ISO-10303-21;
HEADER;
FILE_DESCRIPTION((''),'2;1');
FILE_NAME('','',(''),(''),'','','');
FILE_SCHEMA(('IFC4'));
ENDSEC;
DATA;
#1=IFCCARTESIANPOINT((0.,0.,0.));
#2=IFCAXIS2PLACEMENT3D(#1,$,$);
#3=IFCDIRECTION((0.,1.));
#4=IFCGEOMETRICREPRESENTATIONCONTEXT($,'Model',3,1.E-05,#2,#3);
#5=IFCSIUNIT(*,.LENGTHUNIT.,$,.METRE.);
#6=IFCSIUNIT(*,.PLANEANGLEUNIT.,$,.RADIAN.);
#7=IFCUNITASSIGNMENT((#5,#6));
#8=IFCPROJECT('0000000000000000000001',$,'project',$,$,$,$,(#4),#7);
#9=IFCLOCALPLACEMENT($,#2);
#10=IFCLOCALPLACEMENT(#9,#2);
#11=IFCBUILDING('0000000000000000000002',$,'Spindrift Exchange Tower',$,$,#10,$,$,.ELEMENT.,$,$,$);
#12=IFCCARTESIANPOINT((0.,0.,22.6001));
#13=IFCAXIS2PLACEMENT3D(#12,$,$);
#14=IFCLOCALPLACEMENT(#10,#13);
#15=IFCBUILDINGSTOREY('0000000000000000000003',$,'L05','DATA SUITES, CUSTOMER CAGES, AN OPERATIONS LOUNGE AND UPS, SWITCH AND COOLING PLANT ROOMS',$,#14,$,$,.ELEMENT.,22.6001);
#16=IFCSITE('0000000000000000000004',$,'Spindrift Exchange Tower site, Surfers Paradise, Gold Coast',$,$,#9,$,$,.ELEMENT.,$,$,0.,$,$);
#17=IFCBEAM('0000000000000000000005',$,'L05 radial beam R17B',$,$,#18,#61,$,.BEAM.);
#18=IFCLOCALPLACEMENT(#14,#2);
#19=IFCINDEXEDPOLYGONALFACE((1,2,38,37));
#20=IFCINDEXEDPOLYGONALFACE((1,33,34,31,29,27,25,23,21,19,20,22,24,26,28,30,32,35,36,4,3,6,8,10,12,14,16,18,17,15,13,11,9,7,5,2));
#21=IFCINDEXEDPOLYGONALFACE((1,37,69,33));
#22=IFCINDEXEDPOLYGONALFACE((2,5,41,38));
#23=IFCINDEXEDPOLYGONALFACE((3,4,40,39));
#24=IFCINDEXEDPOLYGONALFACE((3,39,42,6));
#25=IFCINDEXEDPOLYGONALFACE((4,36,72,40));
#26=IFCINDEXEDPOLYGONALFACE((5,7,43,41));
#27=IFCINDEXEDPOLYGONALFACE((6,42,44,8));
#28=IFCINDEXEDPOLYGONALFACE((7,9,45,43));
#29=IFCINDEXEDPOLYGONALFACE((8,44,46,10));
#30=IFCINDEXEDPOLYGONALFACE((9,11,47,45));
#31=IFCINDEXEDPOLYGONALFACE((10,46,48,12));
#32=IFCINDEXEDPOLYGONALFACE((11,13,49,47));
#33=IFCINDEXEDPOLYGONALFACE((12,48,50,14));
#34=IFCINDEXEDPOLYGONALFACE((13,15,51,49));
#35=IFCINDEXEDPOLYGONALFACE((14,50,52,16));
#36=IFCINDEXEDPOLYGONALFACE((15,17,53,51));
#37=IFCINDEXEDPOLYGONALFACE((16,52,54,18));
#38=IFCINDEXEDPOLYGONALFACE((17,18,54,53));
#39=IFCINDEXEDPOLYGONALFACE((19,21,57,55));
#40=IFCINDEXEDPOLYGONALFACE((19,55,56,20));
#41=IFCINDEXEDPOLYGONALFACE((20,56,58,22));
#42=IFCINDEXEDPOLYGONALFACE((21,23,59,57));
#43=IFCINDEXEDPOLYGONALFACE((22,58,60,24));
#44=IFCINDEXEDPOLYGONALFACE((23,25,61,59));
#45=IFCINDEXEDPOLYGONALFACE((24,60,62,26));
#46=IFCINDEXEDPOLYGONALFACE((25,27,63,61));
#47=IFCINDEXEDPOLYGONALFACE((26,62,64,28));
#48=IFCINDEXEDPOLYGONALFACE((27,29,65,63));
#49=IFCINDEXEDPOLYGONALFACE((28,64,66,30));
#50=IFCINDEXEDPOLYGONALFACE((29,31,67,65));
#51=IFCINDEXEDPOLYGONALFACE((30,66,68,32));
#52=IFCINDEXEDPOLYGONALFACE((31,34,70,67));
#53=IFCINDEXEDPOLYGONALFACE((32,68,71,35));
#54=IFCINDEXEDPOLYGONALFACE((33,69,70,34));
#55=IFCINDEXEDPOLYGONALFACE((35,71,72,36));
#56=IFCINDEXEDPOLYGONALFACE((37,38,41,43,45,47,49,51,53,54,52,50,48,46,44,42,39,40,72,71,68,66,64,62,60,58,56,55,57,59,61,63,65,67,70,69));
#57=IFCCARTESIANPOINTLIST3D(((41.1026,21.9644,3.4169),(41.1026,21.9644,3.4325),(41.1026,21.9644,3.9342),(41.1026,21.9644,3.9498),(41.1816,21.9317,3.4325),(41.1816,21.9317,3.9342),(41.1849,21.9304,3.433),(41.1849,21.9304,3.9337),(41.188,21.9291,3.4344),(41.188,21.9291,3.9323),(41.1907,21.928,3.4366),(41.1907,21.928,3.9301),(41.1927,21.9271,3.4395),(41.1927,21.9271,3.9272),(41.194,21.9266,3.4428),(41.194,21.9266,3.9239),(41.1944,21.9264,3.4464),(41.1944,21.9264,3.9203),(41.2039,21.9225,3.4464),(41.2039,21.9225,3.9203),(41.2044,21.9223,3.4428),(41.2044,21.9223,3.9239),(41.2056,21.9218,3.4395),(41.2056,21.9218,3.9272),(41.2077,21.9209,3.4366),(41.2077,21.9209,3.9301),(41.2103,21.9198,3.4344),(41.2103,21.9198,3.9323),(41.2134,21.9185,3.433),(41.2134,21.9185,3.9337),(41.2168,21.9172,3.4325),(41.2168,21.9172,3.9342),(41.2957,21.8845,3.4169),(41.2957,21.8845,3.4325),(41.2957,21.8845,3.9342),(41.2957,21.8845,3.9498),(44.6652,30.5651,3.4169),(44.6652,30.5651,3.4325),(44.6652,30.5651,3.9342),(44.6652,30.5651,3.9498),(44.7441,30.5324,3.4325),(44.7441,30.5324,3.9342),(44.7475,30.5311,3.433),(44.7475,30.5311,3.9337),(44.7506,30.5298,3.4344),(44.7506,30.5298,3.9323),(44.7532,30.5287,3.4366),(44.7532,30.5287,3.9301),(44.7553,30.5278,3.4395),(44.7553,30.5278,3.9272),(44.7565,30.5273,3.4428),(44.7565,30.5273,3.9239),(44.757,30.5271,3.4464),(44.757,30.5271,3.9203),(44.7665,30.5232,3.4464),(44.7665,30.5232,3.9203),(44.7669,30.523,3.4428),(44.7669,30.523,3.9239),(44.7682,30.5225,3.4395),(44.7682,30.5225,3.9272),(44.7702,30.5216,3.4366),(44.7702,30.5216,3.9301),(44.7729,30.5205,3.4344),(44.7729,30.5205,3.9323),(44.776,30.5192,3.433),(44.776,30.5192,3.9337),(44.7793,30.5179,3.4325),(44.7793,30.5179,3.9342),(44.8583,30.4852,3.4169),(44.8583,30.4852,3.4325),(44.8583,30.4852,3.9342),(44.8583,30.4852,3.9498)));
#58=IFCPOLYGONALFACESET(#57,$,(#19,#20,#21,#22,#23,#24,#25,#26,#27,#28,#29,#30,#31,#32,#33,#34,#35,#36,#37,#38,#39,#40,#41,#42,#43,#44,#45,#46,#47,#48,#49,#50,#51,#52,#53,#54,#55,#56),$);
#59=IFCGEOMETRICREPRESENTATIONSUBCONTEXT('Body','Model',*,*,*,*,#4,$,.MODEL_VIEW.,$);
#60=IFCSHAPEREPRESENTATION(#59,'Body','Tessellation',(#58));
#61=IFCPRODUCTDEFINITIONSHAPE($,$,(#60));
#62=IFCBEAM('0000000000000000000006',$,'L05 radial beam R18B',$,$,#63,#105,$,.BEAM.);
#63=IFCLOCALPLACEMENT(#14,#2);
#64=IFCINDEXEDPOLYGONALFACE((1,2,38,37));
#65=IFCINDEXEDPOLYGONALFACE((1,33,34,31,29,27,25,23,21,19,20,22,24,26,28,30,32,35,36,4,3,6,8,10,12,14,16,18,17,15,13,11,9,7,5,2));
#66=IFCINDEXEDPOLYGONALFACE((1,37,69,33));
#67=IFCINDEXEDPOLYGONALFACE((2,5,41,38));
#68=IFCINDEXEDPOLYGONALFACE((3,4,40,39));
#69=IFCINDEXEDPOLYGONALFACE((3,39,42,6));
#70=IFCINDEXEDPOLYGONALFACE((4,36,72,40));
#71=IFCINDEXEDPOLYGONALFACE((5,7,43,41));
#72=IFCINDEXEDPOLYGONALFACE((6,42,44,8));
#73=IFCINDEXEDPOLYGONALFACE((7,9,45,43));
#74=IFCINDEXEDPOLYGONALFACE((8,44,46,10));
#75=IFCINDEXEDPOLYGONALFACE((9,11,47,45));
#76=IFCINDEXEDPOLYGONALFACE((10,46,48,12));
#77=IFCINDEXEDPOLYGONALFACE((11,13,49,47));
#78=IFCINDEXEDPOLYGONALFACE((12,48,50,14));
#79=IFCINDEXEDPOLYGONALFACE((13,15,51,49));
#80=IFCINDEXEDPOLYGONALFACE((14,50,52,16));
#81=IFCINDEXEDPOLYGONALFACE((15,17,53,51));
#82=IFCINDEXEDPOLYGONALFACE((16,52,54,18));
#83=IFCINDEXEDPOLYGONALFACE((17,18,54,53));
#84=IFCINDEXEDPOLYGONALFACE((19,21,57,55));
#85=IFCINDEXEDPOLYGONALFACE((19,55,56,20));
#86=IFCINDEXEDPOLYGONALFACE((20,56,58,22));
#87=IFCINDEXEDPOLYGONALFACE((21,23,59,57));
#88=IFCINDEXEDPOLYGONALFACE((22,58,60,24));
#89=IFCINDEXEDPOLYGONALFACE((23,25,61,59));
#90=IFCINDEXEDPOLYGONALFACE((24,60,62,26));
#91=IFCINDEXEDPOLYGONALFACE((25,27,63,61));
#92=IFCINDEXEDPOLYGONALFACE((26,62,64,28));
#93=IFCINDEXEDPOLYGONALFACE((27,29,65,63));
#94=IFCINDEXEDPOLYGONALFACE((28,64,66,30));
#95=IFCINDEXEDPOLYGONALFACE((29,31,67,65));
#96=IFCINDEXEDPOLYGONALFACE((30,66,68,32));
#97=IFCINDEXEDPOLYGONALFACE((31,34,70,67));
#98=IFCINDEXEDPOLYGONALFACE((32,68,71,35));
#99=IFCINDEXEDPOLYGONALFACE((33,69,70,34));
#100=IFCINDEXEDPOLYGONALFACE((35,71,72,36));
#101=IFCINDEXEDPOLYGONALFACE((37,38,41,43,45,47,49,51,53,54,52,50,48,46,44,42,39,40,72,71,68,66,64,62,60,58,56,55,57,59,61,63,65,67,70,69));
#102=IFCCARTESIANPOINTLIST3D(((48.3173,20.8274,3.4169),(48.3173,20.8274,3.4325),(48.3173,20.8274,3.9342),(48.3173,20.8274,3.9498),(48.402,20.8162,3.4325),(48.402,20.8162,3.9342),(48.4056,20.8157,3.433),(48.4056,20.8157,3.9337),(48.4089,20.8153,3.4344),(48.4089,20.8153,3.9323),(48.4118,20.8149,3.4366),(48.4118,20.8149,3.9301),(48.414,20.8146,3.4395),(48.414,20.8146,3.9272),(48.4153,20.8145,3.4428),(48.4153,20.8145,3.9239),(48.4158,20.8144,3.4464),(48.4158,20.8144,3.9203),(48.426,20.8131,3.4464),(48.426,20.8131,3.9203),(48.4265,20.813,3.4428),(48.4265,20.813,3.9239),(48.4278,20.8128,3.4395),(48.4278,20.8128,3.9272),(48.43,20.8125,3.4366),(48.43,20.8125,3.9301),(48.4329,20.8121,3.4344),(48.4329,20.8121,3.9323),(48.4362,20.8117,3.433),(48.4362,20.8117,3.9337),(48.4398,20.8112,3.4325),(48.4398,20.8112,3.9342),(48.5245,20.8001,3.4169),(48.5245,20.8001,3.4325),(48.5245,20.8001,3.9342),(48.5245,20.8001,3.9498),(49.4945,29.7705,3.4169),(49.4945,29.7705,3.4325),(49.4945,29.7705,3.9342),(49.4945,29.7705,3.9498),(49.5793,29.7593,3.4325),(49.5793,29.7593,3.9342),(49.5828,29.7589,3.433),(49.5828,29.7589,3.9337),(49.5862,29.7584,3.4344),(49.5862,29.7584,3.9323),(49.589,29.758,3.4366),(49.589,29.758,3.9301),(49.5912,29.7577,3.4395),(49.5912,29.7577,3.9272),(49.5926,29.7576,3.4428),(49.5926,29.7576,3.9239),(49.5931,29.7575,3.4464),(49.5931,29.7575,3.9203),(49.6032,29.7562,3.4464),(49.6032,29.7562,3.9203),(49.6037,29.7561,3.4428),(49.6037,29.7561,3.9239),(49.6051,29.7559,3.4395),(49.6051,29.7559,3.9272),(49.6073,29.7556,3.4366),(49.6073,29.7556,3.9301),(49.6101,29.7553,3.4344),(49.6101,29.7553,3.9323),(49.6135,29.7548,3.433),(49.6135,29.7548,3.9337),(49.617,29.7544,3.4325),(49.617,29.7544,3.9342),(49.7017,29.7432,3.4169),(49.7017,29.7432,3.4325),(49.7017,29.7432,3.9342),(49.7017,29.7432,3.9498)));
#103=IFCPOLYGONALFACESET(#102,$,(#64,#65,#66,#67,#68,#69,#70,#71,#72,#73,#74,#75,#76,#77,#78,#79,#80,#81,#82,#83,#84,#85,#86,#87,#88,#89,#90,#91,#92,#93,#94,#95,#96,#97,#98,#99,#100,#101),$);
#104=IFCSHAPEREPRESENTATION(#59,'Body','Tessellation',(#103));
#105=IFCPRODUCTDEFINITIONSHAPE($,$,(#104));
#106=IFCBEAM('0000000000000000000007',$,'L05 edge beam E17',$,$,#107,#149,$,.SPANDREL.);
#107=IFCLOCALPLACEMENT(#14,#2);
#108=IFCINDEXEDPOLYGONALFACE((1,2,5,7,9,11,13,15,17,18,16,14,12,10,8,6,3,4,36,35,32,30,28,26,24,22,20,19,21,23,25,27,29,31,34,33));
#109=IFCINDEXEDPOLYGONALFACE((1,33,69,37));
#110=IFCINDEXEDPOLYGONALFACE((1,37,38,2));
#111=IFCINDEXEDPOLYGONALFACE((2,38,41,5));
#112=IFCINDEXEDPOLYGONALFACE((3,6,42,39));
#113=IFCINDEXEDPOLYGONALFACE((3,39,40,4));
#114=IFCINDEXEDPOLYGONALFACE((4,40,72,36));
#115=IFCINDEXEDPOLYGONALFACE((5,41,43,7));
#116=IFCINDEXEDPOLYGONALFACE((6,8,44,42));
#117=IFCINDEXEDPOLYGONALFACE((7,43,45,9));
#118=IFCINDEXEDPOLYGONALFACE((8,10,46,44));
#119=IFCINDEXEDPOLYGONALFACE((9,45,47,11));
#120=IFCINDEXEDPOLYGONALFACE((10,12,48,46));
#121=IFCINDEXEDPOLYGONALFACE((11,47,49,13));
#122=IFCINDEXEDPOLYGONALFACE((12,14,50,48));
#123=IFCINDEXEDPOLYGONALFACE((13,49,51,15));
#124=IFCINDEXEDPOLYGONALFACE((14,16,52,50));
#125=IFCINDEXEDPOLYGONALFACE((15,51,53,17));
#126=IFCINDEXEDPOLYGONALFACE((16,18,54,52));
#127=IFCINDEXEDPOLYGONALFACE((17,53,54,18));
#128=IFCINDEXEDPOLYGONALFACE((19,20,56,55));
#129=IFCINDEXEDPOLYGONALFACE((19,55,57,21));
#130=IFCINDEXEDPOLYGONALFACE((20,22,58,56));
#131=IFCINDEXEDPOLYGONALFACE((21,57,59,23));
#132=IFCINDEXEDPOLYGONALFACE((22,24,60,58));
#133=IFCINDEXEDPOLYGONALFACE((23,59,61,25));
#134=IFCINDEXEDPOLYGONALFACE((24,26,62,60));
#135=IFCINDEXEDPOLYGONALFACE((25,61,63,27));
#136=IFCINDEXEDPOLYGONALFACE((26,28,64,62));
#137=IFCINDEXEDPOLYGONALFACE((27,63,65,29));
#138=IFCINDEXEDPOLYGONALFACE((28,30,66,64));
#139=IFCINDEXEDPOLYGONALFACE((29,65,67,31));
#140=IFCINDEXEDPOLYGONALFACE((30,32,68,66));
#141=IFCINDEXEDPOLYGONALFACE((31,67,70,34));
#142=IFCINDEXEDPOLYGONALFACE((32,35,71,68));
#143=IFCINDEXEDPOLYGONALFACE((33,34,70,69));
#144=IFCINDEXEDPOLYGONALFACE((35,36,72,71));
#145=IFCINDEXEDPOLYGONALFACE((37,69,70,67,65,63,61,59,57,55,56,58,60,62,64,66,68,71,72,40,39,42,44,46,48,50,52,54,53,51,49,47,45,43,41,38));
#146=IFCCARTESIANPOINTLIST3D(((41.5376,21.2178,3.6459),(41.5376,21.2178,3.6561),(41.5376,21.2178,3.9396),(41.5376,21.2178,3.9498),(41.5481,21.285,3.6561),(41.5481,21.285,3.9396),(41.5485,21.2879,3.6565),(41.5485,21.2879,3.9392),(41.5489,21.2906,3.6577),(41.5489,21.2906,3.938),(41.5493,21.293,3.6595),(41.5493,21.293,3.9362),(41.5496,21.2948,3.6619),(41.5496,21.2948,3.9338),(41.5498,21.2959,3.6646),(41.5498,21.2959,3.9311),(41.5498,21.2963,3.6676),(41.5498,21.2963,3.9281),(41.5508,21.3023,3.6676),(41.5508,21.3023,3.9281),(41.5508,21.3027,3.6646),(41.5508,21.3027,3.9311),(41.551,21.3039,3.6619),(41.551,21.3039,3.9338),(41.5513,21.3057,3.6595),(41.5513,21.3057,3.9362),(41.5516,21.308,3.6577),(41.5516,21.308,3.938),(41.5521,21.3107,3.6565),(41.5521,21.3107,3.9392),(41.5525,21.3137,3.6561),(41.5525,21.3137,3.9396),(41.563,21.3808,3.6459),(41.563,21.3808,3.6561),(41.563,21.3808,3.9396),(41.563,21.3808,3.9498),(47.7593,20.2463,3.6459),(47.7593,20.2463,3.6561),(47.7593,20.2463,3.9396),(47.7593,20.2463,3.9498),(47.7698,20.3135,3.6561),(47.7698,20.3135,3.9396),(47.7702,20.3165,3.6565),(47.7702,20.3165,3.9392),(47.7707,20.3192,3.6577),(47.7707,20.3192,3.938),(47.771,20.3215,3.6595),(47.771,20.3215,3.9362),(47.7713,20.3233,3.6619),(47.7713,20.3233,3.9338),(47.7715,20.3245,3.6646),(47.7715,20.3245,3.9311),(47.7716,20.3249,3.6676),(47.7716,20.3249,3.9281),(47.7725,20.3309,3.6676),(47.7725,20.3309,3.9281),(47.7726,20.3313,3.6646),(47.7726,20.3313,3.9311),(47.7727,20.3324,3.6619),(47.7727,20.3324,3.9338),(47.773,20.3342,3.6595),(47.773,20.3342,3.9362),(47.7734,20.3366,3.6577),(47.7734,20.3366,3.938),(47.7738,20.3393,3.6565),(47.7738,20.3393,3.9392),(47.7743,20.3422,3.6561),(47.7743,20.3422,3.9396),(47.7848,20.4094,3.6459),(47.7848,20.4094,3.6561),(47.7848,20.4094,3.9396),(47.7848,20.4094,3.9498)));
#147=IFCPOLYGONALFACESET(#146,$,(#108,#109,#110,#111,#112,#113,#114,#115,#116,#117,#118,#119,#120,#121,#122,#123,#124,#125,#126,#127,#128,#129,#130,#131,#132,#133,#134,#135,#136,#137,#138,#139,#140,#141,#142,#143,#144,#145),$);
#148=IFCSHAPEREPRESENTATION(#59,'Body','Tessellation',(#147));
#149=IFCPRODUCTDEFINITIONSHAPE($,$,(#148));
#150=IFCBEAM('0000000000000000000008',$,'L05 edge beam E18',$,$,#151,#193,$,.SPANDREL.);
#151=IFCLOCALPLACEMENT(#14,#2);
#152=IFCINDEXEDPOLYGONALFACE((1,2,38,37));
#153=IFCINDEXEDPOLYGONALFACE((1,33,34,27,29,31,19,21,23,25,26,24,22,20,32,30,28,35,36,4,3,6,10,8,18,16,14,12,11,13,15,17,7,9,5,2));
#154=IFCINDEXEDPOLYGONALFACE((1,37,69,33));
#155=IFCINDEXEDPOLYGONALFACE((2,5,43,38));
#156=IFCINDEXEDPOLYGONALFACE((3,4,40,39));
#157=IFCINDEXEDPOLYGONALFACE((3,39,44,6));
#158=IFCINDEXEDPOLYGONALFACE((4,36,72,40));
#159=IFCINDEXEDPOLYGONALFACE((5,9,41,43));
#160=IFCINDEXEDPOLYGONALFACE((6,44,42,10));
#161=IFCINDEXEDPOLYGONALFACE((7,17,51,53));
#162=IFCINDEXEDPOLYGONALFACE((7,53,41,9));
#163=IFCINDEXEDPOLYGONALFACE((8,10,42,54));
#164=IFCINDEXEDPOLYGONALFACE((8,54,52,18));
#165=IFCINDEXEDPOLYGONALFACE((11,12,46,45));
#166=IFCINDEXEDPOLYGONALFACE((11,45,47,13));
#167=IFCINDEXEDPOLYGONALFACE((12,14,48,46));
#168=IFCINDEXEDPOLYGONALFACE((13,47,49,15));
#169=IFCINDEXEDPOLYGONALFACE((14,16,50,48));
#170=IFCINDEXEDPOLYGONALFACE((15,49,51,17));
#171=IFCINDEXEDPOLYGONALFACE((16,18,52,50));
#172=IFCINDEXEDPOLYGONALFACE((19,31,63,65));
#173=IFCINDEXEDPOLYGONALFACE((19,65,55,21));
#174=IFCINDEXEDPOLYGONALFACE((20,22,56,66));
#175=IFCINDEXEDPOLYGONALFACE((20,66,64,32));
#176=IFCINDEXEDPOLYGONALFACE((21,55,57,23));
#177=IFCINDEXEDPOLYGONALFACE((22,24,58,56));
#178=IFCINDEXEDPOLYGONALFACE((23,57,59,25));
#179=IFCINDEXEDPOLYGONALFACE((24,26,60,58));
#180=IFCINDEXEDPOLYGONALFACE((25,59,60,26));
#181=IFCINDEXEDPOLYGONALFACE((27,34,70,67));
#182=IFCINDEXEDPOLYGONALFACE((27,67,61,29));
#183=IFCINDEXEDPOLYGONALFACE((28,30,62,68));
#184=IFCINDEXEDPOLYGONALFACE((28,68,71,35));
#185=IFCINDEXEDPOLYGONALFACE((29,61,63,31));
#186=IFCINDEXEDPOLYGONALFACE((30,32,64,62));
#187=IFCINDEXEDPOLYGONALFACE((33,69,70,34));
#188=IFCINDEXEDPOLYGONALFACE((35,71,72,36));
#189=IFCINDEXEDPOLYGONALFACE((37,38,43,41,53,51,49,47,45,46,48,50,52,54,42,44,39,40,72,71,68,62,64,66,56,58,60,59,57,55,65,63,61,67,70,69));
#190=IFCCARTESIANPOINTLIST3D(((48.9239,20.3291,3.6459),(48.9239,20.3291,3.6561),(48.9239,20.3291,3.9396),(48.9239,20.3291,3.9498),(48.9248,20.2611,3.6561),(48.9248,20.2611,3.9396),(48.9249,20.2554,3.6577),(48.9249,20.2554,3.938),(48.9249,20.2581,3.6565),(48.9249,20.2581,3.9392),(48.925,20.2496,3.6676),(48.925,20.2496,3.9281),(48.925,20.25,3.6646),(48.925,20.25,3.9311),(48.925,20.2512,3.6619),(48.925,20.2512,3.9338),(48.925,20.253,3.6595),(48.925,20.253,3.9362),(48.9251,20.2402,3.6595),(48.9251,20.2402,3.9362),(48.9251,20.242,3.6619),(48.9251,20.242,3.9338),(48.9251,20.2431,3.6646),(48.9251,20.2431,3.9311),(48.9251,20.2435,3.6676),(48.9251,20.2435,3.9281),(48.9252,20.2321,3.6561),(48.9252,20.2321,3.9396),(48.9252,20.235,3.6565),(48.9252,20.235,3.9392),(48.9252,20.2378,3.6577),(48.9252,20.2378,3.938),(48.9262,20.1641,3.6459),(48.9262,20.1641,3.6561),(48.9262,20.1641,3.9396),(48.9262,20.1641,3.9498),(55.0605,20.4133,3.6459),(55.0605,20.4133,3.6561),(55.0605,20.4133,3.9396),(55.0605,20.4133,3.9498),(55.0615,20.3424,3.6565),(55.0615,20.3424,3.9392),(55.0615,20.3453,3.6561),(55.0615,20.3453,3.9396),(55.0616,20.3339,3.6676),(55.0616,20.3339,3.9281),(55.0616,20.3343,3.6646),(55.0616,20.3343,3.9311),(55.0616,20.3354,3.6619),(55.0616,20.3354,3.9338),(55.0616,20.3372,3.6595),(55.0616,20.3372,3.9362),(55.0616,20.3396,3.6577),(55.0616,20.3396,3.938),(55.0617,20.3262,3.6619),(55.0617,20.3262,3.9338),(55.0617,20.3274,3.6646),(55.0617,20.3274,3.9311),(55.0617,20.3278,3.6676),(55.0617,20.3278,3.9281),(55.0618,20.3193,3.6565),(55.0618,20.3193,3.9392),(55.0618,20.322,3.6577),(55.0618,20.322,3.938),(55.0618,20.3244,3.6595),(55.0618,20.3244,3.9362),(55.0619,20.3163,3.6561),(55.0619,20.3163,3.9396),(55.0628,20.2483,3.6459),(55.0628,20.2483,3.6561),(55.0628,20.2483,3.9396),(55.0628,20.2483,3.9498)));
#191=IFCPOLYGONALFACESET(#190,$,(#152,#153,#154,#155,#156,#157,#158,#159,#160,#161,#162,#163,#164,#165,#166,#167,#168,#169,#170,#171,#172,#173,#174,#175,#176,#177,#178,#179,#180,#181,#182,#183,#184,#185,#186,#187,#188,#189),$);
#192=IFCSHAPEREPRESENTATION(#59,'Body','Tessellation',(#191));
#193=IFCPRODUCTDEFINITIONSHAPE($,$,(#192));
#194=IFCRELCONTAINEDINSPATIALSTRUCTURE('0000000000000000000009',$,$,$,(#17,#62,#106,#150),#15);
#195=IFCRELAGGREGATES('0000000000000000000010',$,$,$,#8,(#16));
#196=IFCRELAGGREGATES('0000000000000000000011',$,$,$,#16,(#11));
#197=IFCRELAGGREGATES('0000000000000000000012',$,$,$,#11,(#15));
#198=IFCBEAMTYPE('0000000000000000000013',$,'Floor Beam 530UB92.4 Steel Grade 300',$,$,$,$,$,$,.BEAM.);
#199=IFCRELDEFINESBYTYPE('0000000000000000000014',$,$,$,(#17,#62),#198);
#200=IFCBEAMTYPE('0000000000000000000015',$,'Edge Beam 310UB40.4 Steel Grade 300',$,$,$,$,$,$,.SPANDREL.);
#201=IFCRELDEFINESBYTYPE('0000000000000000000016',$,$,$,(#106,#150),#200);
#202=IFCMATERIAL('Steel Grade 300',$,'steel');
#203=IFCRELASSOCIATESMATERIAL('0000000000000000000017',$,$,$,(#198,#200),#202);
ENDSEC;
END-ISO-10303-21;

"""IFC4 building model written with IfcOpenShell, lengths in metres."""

from ifc_helpers import new_model, si_unit, direction, frame, origin, origin_2d, place, context, subcontext, project, spatial, i_section, extrude, source, transform, mapped, material, material_profile, profile_set, type_object, element, save


model = new_model("IFC4")

# Units and contexts
model_context = context("Model", 3, precision=1e-05, world=origin(), true_north=direction((0.0, 1.0)))
body_context = subcontext(model_context, "Body", "Model", "MODEL_VIEW")
ifc_project = project(units=[si_unit("LENGTHUNIT", "METRE"), si_unit("PLANEANGLEUNIT", "RADIAN")], contexts=[model_context])

# Site, building, storey
site_placement = place(None, origin())
site = spatial("IfcSite", under=ifc_project, at=site_placement, Name="Spindrift Exchange Tower site, Surfers Paradise, Gold Coast", CompositionType="ELEMENT", RefElevation=0.0)
building_placement = place(site_placement, origin())
building = spatial("IfcBuilding", under=site, at=building_placement, Name="Spindrift Exchange Tower", CompositionType="ELEMENT")
storey_placement = place(building_placement, frame((0.0, 0.0, 22.6001)))
storey = spatial("IfcBuildingStorey", under=building, at=storey_placement, Name="L05", Description="DATA SUITES, CUSTOMER CAGES, AN OPERATIONS LOUNGE AND UPS, SWITCH AND COOLING PLANT ROOMS", CompositionType="ELEMENT", Elevation=22.6001)

# Beams
ifc_material_1 = material(Name="Steel Grade 300", Category="steel")
ifc_material_profile_1 = material_profile(ifc_material_1, i_section(OverallWidth=0.209, OverallDepth=0.533, WebThickness=0.0103, FlangeThickness=0.0156, FilletRadius=0.0139, at=origin_2d()), Name="530UB92.4")
ifc_profile_set_1 = profile_set([ifc_material_profile_1], Name="Steel Grade 300")
beam_type_1 = type_object("IfcBeamType", Name="Floor Beam 530UB92.4 Steel Grade 300", PredefinedType="BEAM", material=ifc_profile_set_1)
shared_shape_1 = source(origin(), body_context, "Body", "SweptSolid", [
    extrude(i_section(OverallWidth=0.209, OverallDepth=0.533, WebThickness=0.0103, FlangeThickness=0.0156, FilletRadius=0.0139, at=origin_2d()), origin(), (0.0, 0.0, 1.0), 9.3093),
])
beam_1_placement = place(storey_placement, frame((44.7617, 30.5251, 3.6833), z_axis=(-0.382685, -0.923879, 0.0), x_axis=(0.923879, -0.382685, 0.0)))
element("IfcBeam", 1, at=beam_1_placement, inside=storey, type_object=beam_type_1, Name="L05 radial beam R17B", PredefinedType="BEAM", context=body_context, shape_type="MappedRepresentation", body=[
    mapped(shared_shape_1, transform((0.0, 0.0, 0.0), scale=1.0)),
])
shared_shape_2 = source(origin(), body_context, "Body", "SweptSolid", [
    extrude(i_section(OverallWidth=0.209, OverallDepth=0.533, WebThickness=0.0103, FlangeThickness=0.0156, FilletRadius=0.0139, at=origin_2d()), origin(), (0.0, 0.0, 1.0), 9.0203),
])
beam_2_placement = place(storey_placement, frame((49.5981, 29.7568, 3.6833), z_axis=(-0.130511, -0.991447, 0.0), x_axis=(0.991447, -0.130511, 0.0)))
element("IfcBeam", 2, at=beam_2_placement, inside=storey, type_object=beam_type_1, Name="L05 radial beam R18B", PredefinedType="BEAM", context=body_context, shape_type="MappedRepresentation", body=[
    mapped(shared_shape_2, transform((0.0, 0.0, 0.0), scale=1.0)),
])
ifc_material_profile_2 = material_profile(ifc_material_1, i_section(OverallWidth=0.165, OverallDepth=0.304, WebThickness=0.0061, FlangeThickness=0.0103, FilletRadius=0.0115, at=origin_2d()), Name="310UB40.4")
ifc_profile_set_2 = profile_set([ifc_material_profile_2], Name="Steel Grade 300")
beam_type_2 = type_object("IfcBeamType", Name="Edge Beam 310UB40.4 Steel Grade 300", PredefinedType="SPANDREL", material=ifc_profile_set_2)
shared_shape_3 = source(origin(), body_context, "Body", "SweptSolid", [
    extrude(i_section(OverallWidth=0.165, OverallDepth=0.304, WebThickness=0.0061, FlangeThickness=0.0103, FilletRadius=0.0115, at=origin_2d()), origin(), (0.0, 0.0, 1.0), 6.2971),
])
beam_3_placement = place(storey_placement, frame((41.5503, 21.2993, 3.7979), z_axis=(0.988029, -0.154268, 0.0), x_axis=(0.154268, 0.988029, 0.0)))
element("IfcBeam", 3, at=beam_3_placement, inside=storey, type_object=beam_type_2, Name="L05 edge beam E17", PredefinedType="SPANDREL", context=body_context, shape_type="MappedRepresentation", body=[
    mapped(shared_shape_3, transform((0.0, 0.0, 0.0), scale=1.0)),
])
shared_shape_4 = source(origin(), body_context, "Body", "SweptSolid", [
    extrude(i_section(OverallWidth=0.165, OverallDepth=0.304, WebThickness=0.0061, FlangeThickness=0.0103, FilletRadius=0.0115, at=origin_2d()), origin(), (0.0, 0.0, 1.0), 6.1372),
])
beam_4_placement = place(storey_placement, frame((48.925, 20.2466, 3.7979), z_axis=(0.999906, 0.013724, 0.0), x_axis=(-0.013724, 0.999906, 0.0)))
element("IfcBeam", 4, at=beam_4_placement, inside=storey, type_object=beam_type_2, Name="L05 edge beam E18", PredefinedType="SPANDREL", context=body_context, shape_type="MappedRepresentation", body=[
    mapped(shared_shape_4, transform((0.0, 0.0, 0.0), scale=1.0)),
])

save(model, "model.ifc")
